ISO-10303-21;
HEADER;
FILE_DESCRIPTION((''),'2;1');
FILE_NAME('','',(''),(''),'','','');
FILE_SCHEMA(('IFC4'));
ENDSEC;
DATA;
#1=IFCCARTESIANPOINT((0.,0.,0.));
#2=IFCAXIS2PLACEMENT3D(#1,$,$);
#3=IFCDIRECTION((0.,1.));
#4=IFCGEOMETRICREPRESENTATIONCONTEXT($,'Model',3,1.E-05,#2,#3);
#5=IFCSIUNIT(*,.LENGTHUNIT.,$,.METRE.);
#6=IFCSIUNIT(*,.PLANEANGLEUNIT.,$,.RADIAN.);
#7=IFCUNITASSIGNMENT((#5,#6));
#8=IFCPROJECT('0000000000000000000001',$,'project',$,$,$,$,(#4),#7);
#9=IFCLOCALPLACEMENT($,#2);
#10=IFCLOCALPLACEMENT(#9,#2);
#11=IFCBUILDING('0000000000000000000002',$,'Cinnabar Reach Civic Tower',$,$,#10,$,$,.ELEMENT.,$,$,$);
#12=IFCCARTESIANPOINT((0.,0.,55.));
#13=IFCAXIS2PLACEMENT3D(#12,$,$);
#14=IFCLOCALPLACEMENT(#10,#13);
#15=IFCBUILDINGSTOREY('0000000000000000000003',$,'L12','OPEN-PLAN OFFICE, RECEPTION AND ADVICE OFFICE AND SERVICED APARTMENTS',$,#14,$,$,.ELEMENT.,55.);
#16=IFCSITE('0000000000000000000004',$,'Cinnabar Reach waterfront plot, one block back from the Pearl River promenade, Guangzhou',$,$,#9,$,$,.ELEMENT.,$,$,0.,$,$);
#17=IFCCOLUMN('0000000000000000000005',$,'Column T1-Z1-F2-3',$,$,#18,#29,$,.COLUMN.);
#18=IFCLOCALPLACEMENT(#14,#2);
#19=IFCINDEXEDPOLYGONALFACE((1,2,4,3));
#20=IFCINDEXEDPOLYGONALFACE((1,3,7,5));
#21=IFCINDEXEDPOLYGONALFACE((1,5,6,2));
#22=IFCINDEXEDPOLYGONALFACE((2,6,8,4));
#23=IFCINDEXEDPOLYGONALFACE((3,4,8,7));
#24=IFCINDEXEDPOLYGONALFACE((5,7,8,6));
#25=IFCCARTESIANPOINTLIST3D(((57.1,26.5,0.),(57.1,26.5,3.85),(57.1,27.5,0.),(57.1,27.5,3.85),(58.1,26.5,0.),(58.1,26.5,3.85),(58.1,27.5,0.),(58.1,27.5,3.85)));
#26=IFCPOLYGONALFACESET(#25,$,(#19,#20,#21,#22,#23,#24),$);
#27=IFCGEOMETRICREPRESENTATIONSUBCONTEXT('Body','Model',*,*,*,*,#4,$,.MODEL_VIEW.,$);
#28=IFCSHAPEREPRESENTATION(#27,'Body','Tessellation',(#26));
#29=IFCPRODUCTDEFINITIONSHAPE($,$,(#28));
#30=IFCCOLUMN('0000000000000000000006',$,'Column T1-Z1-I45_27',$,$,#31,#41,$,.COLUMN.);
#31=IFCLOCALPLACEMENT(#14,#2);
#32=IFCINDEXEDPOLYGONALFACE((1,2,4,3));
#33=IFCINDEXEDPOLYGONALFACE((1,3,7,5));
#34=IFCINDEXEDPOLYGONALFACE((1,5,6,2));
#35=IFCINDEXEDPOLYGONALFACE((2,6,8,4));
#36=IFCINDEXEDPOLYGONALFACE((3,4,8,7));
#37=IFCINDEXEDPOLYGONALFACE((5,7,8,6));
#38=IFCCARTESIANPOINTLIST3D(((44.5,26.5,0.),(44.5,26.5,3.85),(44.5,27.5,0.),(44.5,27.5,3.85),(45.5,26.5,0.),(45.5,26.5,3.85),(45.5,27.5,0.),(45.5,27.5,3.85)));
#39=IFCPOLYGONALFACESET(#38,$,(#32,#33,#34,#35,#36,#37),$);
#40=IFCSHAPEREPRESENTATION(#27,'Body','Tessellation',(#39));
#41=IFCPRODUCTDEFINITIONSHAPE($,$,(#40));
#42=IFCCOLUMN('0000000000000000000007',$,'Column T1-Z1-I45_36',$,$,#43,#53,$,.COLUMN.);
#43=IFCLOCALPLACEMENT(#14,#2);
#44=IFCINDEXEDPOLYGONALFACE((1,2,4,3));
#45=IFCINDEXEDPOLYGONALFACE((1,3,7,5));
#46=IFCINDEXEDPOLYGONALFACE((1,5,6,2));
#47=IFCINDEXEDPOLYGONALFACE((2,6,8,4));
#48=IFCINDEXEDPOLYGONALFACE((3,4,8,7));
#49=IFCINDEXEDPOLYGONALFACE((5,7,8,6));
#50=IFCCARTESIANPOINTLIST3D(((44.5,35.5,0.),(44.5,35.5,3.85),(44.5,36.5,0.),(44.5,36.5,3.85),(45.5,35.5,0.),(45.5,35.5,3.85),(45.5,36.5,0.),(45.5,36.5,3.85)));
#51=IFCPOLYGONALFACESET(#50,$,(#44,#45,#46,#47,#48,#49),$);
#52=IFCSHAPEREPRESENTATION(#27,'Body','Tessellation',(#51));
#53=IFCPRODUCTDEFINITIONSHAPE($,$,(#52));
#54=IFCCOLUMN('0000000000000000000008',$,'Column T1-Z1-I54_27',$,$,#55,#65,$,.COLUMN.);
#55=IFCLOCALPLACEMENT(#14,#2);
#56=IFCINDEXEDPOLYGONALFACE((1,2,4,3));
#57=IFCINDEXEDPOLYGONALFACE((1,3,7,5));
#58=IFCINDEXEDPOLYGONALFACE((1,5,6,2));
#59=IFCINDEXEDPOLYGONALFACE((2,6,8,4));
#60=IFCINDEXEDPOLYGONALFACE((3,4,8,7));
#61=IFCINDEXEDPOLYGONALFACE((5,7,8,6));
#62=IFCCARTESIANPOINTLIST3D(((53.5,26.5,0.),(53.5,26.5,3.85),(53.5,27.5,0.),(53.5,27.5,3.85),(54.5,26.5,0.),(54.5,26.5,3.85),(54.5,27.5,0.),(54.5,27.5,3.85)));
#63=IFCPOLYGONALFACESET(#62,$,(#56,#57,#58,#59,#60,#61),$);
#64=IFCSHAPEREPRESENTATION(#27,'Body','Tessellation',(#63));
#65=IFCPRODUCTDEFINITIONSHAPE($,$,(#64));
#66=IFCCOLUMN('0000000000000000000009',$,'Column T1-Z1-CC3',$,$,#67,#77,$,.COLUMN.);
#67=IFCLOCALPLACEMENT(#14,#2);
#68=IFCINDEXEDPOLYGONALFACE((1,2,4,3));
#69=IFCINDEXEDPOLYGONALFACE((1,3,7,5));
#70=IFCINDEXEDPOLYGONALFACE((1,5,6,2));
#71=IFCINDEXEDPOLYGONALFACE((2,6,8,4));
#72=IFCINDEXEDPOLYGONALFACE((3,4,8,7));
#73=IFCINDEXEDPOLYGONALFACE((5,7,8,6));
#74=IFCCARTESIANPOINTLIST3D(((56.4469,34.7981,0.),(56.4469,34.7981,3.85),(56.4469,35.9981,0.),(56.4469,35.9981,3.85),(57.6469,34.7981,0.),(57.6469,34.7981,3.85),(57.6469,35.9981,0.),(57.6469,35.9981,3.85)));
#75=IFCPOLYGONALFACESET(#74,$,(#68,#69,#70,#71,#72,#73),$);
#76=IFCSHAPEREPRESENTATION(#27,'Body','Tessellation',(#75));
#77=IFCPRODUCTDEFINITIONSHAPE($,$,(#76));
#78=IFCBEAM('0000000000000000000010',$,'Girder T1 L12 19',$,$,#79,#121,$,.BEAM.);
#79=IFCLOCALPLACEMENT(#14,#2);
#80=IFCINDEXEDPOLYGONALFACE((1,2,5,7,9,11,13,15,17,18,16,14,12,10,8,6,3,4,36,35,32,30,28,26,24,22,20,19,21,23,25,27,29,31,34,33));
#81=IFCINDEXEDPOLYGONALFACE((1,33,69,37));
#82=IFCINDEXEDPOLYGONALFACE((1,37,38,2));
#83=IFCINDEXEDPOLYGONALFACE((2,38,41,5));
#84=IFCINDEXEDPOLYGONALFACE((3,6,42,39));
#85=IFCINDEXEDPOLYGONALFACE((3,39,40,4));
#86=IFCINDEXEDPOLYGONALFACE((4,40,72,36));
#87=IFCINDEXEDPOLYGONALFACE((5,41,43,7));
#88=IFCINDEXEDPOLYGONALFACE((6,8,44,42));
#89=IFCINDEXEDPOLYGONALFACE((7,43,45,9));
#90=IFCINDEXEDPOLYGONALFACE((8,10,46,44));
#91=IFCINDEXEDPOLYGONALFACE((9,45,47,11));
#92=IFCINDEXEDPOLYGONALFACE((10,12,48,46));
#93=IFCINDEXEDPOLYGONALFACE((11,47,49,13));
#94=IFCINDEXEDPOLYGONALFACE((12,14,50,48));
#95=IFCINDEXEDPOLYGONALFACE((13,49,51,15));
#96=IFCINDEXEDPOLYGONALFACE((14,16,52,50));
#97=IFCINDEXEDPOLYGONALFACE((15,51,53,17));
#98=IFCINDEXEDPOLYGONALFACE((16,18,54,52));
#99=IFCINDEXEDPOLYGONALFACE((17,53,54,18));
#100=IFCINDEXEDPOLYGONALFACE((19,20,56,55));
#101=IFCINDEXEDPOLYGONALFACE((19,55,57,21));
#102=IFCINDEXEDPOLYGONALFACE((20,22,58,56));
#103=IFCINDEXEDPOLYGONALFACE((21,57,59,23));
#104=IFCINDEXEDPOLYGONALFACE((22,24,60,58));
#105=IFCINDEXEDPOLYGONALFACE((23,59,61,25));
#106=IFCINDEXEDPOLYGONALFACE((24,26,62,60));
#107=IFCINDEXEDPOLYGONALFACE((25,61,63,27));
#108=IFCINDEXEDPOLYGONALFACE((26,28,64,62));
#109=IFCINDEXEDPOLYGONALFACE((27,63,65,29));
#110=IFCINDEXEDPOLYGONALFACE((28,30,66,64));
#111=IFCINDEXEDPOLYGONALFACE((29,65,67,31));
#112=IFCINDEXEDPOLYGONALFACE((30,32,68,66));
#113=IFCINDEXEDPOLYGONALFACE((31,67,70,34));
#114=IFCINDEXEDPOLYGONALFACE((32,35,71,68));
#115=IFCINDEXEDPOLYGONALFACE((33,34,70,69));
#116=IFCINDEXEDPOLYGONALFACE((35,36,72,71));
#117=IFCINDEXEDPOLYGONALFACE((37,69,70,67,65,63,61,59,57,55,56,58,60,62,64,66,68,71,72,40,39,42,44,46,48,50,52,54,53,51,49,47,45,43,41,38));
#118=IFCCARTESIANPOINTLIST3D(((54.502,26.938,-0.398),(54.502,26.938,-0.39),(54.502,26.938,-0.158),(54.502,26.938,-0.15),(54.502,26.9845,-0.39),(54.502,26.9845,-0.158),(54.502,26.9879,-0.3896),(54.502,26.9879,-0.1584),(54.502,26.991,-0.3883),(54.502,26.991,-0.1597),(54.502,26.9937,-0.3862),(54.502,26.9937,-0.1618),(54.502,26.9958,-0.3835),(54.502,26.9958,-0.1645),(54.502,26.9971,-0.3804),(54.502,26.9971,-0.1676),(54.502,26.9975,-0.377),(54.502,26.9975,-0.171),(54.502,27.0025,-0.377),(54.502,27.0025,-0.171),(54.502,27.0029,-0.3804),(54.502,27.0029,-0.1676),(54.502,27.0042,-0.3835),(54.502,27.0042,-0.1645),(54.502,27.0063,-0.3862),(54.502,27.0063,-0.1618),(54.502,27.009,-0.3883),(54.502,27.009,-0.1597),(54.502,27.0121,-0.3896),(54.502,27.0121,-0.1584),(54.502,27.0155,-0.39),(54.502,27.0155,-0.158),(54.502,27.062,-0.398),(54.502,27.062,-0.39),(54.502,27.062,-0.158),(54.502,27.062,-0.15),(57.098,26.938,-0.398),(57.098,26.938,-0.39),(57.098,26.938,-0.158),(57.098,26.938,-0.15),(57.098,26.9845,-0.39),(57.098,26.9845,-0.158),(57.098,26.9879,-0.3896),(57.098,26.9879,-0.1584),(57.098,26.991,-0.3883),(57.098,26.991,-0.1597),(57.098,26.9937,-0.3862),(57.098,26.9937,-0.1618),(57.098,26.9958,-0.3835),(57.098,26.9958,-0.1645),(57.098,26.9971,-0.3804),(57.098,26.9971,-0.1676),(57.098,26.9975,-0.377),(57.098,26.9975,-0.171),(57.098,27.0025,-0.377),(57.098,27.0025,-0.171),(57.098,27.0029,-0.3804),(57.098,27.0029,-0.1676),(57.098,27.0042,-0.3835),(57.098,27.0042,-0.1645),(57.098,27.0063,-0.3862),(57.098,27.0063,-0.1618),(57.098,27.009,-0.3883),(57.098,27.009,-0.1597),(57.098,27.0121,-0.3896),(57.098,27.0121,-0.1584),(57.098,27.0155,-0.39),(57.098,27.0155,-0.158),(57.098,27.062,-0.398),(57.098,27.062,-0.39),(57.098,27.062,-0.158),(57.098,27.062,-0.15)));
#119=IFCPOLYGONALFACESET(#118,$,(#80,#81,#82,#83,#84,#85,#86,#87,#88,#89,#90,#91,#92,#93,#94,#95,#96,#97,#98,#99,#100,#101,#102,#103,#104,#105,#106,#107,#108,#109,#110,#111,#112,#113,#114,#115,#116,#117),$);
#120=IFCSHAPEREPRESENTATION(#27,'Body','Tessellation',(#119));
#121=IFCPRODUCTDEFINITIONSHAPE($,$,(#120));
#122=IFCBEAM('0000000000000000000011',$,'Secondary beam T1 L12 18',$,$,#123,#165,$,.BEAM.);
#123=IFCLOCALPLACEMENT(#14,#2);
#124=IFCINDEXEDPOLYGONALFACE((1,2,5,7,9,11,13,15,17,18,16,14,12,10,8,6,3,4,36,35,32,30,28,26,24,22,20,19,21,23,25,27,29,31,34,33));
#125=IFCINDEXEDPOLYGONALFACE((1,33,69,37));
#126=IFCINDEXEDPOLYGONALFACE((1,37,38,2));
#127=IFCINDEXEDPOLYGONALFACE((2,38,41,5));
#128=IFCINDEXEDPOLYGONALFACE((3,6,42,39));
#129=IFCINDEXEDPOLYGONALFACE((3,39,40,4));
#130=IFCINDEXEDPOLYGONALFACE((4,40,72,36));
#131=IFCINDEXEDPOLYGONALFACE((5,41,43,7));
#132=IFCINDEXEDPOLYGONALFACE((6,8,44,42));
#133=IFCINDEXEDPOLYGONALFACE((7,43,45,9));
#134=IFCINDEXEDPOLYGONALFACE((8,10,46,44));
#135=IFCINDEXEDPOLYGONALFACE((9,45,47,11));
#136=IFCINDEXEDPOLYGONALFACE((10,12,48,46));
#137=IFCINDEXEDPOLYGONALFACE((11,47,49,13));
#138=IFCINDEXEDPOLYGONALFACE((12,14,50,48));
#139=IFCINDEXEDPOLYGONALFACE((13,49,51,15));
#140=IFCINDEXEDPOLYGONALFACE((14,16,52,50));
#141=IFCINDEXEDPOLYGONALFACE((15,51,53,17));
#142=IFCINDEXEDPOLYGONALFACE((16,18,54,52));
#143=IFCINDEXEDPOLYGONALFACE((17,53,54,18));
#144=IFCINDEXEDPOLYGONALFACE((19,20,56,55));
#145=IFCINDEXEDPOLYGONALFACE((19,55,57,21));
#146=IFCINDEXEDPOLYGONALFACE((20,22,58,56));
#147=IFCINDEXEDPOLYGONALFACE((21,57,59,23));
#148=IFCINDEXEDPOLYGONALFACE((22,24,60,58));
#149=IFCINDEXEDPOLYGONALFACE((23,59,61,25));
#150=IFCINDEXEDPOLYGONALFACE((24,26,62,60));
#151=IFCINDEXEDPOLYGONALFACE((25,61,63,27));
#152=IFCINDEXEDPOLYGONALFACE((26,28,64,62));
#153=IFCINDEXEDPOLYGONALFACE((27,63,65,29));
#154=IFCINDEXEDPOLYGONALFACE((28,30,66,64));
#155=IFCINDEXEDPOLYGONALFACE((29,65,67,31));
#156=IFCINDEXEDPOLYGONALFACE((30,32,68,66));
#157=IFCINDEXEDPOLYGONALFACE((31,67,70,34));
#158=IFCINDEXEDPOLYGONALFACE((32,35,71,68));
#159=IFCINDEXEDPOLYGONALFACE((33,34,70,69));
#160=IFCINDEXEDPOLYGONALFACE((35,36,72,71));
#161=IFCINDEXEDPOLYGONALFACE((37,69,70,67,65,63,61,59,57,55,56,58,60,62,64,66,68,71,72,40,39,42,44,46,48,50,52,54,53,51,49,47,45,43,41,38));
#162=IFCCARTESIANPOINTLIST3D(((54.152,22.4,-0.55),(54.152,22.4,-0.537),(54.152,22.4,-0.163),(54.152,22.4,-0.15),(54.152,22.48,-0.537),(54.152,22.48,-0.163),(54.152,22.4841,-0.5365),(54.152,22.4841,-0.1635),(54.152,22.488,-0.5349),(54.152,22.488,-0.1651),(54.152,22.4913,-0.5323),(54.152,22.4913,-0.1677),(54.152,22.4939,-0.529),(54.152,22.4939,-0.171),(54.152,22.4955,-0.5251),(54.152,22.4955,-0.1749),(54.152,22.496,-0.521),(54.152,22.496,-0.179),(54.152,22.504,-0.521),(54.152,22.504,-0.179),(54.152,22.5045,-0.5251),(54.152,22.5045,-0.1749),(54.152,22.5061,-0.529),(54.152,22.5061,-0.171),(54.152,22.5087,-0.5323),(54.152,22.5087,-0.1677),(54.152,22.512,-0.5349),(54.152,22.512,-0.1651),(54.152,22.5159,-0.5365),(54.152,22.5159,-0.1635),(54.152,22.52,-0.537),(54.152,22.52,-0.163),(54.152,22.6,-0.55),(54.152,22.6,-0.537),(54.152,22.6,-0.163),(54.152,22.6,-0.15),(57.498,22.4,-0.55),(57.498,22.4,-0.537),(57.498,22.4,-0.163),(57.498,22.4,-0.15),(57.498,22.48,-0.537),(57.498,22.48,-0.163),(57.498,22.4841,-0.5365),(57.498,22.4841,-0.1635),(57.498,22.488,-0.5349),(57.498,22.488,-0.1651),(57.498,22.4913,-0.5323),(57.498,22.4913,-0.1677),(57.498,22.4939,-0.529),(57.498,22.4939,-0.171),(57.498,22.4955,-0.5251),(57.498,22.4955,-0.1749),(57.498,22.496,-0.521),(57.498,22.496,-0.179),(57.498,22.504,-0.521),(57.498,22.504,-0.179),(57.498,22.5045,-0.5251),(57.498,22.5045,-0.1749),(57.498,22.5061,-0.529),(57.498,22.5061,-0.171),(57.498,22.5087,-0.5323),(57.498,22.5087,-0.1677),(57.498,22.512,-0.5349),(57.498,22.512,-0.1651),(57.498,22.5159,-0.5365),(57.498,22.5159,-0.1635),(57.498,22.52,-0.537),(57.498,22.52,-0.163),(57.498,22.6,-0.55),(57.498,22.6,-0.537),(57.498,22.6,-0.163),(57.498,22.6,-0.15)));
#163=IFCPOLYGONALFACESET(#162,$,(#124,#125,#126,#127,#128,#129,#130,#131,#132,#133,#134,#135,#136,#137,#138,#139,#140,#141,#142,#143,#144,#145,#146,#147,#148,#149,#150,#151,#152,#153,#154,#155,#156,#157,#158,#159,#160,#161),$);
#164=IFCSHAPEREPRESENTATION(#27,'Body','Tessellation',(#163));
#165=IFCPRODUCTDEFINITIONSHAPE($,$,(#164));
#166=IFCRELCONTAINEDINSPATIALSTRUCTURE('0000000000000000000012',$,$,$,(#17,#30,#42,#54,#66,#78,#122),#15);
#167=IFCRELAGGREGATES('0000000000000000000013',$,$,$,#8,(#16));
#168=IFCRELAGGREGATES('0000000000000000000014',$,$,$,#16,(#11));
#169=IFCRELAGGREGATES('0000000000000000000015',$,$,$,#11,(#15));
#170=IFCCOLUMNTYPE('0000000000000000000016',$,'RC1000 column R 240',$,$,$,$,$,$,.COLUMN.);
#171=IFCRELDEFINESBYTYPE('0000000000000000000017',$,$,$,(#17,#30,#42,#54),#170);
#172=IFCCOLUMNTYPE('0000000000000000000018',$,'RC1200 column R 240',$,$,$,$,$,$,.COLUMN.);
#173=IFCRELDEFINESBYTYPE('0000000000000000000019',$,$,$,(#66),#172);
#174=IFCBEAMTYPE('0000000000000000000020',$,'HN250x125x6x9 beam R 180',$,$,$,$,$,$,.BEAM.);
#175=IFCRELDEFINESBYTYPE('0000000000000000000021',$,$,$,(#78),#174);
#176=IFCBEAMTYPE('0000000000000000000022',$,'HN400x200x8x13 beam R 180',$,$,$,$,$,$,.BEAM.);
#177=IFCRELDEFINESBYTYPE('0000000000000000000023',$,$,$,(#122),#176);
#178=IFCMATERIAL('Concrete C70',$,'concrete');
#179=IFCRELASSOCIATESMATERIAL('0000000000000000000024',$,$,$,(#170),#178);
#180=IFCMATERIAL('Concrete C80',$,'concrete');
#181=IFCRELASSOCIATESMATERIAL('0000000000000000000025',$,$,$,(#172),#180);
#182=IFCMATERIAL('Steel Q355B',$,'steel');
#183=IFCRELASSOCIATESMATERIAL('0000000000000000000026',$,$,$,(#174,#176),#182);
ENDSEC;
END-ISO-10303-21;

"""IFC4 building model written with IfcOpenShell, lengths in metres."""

from ifc_helpers import new_model, si_unit, direction, frame, origin, origin_2d, place, context, subcontext, project, spatial, rectangle, i_section, extrude, material, material_profile, profile_set, type_object, element, save


model = new_model("IFC4")

# Units and contexts
model_context = context("Model", 3, precision=1e-05, world=origin(), true_north=direction((0.0, 1.0)))
body_context = subcontext(model_context, "Body", "Model", "MODEL_VIEW")
ifc_project = project(units=[si_unit("LENGTHUNIT", "METRE"), si_unit("PLANEANGLEUNIT", "RADIAN")], contexts=[model_context])

# Site, building, storey
site_placement = place(None, origin())
site = spatial("IfcSite", under=ifc_project, at=site_placement, Name="Cinnabar Reach waterfront plot, one block back from the Pearl River promenade, Guangzhou", CompositionType="ELEMENT", RefElevation=0.0)
building_placement = place(site_placement, origin())
building = spatial("IfcBuilding", under=site, at=building_placement, Name="Cinnabar Reach Civic Tower", CompositionType="ELEMENT")
storey_placement = place(building_placement, frame((0.0, 0.0, 55.0)))
storey = spatial("IfcBuildingStorey", under=building, at=storey_placement, Name="L12", Description="OPEN-PLAN OFFICE, RECEPTION AND ADVICE OFFICE AND SERVICED APARTMENTS", CompositionType="ELEMENT", Elevation=55.0)

# Columns
ifc_material_1 = material(Name="Concrete C70", Category="concrete")
ifc_material_profile_1 = material_profile(ifc_material_1, rectangle(XDim=1.0, YDim=1.0, at=origin_2d()), Name="RC1000")
ifc_profile_set_1 = profile_set([ifc_material_profile_1], Name="Concrete C70")
column_type_1 = type_object("IfcColumnType", Name="RC1000 column R 240", PredefinedType="COLUMN", material=ifc_profile_set_1)
for number, where, z_axis, x_axis, name in (
    (1, (57.6, 27.0, 0.0), (0.0, 0.0, 1.0), (1.0, 0.0, 0.0), "Column T1-Z1-F2-3"),
    (2, (45.0, 27.0, 0.0), (0.0, 0.0, 1.0), (1.0, 0.0, 0.0), "Column T1-Z1-I45_27"),
    (3, (45.0, 36.0, 0.0), (0.0, 0.0, 1.0), (1.0, 0.0, 0.0), "Column T1-Z1-I45_36"),
    (4, (54.0, 27.0, 0.0), (0.0, 0.0, 1.0), (1.0, 0.0, 0.0), "Column T1-Z1-I54_27"),
):
    element("IfcColumn", number, at=place(storey_placement, frame(where, z_axis=z_axis, x_axis=x_axis)), inside=storey, type_object=column_type_1, Name=name, PredefinedType="COLUMN", context=body_context, shape_type="SweptSolid", body=[
        extrude(rectangle(XDim=1.0, YDim=1.0, at=origin_2d()), origin(), (0.0, 0.0, 1.0), 3.85),
    ])
ifc_material_2 = material(Name="Concrete C80", Category="concrete")
ifc_material_profile_2 = material_profile(ifc_material_2, rectangle(XDim=1.2, YDim=1.2, at=origin_2d()), Name="RC1200")
ifc_profile_set_2 = profile_set([ifc_material_profile_2], Name="Concrete C80")
column_type_2 = type_object("IfcColumnType", Name="RC1200 column R 240", PredefinedType="COLUMN", material=ifc_profile_set_2)
column_placement = place(storey_placement, frame((57.0469, 35.3981, 0.0), z_axis=(0.0, 0.0, 1.0), x_axis=(1.0, 0.0, 0.0)))
element("IfcColumn", 5, at=column_placement, inside=storey, type_object=column_type_2, Name="Column T1-Z1-CC3", PredefinedType="COLUMN", context=body_context, shape_type="SweptSolid", body=[
    extrude(rectangle(XDim=1.2, YDim=1.2, at=origin_2d()), origin(), (0.0, 0.0, 1.0), 3.85),
])

# Beams
ifc_material_3 = material(Name="Steel Q355B", Category="steel")
ifc_material_profile_3 = material_profile(ifc_material_3, i_section(OverallWidth=0.124, OverallDepth=0.248, WebThickness=0.005, FlangeThickness=0.008, FilletRadius=0.013, at=origin_2d()), Name="HN250x125x6x9")
ifc_profile_set_3 = profile_set([ifc_material_profile_3], Name="Steel Q355B")
beam_type_1 = type_object("IfcBeamType", Name="HN250x125x6x9 beam R 180", PredefinedType="BEAM", material=ifc_profile_set_3)
beam_1_placement = place(storey_placement, frame((54.502, 27.0, -0.274), z_axis=(1.0, 0.0, 0.0), x_axis=(0.0, 1.0, 0.0)))
element("IfcBeam", 6, at=beam_1_placement, inside=storey, type_object=beam_type_1, Name="Girder T1 L12 19", PredefinedType="BEAM", context=body_context, shape_type="SweptSolid", body=[
    extrude(i_section(OverallWidth=0.124, OverallDepth=0.248, WebThickness=0.005, FlangeThickness=0.008, FilletRadius=0.013, at=origin_2d()), origin(), (0.0, 0.0, 1.0), 2.596),
])
ifc_material_profile_4 = material_profile(ifc_material_3, i_section(OverallWidth=0.2, OverallDepth=0.4, WebThickness=0.008, FlangeThickness=0.013, FilletRadius=0.016, at=origin_2d()), Name="HN400x200x8x13")
ifc_profile_set_4 = profile_set([ifc_material_profile_4], Name="Steel Q355B")
beam_type_2 = type_object("IfcBeamType", Name="HN400x200x8x13 beam R 180", PredefinedType="BEAM", material=ifc_profile_set_4)
beam_2_placement = place(storey_placement, frame((54.152, 22.5, -0.35), z_axis=(1.0, 0.0, 0.0), x_axis=(0.0, 1.0, 0.0)))
element("IfcBeam", 7, at=beam_2_placement, inside=storey, type_object=beam_type_2, Name="Secondary beam T1 L12 18", PredefinedType="BEAM", context=body_context, shape_type="SweptSolid", body=[
    extrude(i_section(OverallWidth=0.2, OverallDepth=0.4, WebThickness=0.008, FlangeThickness=0.013, FilletRadius=0.016, at=origin_2d()), origin(), (0.0, 0.0, 1.0), 3.346),
])

save(model, "model.ifc")
